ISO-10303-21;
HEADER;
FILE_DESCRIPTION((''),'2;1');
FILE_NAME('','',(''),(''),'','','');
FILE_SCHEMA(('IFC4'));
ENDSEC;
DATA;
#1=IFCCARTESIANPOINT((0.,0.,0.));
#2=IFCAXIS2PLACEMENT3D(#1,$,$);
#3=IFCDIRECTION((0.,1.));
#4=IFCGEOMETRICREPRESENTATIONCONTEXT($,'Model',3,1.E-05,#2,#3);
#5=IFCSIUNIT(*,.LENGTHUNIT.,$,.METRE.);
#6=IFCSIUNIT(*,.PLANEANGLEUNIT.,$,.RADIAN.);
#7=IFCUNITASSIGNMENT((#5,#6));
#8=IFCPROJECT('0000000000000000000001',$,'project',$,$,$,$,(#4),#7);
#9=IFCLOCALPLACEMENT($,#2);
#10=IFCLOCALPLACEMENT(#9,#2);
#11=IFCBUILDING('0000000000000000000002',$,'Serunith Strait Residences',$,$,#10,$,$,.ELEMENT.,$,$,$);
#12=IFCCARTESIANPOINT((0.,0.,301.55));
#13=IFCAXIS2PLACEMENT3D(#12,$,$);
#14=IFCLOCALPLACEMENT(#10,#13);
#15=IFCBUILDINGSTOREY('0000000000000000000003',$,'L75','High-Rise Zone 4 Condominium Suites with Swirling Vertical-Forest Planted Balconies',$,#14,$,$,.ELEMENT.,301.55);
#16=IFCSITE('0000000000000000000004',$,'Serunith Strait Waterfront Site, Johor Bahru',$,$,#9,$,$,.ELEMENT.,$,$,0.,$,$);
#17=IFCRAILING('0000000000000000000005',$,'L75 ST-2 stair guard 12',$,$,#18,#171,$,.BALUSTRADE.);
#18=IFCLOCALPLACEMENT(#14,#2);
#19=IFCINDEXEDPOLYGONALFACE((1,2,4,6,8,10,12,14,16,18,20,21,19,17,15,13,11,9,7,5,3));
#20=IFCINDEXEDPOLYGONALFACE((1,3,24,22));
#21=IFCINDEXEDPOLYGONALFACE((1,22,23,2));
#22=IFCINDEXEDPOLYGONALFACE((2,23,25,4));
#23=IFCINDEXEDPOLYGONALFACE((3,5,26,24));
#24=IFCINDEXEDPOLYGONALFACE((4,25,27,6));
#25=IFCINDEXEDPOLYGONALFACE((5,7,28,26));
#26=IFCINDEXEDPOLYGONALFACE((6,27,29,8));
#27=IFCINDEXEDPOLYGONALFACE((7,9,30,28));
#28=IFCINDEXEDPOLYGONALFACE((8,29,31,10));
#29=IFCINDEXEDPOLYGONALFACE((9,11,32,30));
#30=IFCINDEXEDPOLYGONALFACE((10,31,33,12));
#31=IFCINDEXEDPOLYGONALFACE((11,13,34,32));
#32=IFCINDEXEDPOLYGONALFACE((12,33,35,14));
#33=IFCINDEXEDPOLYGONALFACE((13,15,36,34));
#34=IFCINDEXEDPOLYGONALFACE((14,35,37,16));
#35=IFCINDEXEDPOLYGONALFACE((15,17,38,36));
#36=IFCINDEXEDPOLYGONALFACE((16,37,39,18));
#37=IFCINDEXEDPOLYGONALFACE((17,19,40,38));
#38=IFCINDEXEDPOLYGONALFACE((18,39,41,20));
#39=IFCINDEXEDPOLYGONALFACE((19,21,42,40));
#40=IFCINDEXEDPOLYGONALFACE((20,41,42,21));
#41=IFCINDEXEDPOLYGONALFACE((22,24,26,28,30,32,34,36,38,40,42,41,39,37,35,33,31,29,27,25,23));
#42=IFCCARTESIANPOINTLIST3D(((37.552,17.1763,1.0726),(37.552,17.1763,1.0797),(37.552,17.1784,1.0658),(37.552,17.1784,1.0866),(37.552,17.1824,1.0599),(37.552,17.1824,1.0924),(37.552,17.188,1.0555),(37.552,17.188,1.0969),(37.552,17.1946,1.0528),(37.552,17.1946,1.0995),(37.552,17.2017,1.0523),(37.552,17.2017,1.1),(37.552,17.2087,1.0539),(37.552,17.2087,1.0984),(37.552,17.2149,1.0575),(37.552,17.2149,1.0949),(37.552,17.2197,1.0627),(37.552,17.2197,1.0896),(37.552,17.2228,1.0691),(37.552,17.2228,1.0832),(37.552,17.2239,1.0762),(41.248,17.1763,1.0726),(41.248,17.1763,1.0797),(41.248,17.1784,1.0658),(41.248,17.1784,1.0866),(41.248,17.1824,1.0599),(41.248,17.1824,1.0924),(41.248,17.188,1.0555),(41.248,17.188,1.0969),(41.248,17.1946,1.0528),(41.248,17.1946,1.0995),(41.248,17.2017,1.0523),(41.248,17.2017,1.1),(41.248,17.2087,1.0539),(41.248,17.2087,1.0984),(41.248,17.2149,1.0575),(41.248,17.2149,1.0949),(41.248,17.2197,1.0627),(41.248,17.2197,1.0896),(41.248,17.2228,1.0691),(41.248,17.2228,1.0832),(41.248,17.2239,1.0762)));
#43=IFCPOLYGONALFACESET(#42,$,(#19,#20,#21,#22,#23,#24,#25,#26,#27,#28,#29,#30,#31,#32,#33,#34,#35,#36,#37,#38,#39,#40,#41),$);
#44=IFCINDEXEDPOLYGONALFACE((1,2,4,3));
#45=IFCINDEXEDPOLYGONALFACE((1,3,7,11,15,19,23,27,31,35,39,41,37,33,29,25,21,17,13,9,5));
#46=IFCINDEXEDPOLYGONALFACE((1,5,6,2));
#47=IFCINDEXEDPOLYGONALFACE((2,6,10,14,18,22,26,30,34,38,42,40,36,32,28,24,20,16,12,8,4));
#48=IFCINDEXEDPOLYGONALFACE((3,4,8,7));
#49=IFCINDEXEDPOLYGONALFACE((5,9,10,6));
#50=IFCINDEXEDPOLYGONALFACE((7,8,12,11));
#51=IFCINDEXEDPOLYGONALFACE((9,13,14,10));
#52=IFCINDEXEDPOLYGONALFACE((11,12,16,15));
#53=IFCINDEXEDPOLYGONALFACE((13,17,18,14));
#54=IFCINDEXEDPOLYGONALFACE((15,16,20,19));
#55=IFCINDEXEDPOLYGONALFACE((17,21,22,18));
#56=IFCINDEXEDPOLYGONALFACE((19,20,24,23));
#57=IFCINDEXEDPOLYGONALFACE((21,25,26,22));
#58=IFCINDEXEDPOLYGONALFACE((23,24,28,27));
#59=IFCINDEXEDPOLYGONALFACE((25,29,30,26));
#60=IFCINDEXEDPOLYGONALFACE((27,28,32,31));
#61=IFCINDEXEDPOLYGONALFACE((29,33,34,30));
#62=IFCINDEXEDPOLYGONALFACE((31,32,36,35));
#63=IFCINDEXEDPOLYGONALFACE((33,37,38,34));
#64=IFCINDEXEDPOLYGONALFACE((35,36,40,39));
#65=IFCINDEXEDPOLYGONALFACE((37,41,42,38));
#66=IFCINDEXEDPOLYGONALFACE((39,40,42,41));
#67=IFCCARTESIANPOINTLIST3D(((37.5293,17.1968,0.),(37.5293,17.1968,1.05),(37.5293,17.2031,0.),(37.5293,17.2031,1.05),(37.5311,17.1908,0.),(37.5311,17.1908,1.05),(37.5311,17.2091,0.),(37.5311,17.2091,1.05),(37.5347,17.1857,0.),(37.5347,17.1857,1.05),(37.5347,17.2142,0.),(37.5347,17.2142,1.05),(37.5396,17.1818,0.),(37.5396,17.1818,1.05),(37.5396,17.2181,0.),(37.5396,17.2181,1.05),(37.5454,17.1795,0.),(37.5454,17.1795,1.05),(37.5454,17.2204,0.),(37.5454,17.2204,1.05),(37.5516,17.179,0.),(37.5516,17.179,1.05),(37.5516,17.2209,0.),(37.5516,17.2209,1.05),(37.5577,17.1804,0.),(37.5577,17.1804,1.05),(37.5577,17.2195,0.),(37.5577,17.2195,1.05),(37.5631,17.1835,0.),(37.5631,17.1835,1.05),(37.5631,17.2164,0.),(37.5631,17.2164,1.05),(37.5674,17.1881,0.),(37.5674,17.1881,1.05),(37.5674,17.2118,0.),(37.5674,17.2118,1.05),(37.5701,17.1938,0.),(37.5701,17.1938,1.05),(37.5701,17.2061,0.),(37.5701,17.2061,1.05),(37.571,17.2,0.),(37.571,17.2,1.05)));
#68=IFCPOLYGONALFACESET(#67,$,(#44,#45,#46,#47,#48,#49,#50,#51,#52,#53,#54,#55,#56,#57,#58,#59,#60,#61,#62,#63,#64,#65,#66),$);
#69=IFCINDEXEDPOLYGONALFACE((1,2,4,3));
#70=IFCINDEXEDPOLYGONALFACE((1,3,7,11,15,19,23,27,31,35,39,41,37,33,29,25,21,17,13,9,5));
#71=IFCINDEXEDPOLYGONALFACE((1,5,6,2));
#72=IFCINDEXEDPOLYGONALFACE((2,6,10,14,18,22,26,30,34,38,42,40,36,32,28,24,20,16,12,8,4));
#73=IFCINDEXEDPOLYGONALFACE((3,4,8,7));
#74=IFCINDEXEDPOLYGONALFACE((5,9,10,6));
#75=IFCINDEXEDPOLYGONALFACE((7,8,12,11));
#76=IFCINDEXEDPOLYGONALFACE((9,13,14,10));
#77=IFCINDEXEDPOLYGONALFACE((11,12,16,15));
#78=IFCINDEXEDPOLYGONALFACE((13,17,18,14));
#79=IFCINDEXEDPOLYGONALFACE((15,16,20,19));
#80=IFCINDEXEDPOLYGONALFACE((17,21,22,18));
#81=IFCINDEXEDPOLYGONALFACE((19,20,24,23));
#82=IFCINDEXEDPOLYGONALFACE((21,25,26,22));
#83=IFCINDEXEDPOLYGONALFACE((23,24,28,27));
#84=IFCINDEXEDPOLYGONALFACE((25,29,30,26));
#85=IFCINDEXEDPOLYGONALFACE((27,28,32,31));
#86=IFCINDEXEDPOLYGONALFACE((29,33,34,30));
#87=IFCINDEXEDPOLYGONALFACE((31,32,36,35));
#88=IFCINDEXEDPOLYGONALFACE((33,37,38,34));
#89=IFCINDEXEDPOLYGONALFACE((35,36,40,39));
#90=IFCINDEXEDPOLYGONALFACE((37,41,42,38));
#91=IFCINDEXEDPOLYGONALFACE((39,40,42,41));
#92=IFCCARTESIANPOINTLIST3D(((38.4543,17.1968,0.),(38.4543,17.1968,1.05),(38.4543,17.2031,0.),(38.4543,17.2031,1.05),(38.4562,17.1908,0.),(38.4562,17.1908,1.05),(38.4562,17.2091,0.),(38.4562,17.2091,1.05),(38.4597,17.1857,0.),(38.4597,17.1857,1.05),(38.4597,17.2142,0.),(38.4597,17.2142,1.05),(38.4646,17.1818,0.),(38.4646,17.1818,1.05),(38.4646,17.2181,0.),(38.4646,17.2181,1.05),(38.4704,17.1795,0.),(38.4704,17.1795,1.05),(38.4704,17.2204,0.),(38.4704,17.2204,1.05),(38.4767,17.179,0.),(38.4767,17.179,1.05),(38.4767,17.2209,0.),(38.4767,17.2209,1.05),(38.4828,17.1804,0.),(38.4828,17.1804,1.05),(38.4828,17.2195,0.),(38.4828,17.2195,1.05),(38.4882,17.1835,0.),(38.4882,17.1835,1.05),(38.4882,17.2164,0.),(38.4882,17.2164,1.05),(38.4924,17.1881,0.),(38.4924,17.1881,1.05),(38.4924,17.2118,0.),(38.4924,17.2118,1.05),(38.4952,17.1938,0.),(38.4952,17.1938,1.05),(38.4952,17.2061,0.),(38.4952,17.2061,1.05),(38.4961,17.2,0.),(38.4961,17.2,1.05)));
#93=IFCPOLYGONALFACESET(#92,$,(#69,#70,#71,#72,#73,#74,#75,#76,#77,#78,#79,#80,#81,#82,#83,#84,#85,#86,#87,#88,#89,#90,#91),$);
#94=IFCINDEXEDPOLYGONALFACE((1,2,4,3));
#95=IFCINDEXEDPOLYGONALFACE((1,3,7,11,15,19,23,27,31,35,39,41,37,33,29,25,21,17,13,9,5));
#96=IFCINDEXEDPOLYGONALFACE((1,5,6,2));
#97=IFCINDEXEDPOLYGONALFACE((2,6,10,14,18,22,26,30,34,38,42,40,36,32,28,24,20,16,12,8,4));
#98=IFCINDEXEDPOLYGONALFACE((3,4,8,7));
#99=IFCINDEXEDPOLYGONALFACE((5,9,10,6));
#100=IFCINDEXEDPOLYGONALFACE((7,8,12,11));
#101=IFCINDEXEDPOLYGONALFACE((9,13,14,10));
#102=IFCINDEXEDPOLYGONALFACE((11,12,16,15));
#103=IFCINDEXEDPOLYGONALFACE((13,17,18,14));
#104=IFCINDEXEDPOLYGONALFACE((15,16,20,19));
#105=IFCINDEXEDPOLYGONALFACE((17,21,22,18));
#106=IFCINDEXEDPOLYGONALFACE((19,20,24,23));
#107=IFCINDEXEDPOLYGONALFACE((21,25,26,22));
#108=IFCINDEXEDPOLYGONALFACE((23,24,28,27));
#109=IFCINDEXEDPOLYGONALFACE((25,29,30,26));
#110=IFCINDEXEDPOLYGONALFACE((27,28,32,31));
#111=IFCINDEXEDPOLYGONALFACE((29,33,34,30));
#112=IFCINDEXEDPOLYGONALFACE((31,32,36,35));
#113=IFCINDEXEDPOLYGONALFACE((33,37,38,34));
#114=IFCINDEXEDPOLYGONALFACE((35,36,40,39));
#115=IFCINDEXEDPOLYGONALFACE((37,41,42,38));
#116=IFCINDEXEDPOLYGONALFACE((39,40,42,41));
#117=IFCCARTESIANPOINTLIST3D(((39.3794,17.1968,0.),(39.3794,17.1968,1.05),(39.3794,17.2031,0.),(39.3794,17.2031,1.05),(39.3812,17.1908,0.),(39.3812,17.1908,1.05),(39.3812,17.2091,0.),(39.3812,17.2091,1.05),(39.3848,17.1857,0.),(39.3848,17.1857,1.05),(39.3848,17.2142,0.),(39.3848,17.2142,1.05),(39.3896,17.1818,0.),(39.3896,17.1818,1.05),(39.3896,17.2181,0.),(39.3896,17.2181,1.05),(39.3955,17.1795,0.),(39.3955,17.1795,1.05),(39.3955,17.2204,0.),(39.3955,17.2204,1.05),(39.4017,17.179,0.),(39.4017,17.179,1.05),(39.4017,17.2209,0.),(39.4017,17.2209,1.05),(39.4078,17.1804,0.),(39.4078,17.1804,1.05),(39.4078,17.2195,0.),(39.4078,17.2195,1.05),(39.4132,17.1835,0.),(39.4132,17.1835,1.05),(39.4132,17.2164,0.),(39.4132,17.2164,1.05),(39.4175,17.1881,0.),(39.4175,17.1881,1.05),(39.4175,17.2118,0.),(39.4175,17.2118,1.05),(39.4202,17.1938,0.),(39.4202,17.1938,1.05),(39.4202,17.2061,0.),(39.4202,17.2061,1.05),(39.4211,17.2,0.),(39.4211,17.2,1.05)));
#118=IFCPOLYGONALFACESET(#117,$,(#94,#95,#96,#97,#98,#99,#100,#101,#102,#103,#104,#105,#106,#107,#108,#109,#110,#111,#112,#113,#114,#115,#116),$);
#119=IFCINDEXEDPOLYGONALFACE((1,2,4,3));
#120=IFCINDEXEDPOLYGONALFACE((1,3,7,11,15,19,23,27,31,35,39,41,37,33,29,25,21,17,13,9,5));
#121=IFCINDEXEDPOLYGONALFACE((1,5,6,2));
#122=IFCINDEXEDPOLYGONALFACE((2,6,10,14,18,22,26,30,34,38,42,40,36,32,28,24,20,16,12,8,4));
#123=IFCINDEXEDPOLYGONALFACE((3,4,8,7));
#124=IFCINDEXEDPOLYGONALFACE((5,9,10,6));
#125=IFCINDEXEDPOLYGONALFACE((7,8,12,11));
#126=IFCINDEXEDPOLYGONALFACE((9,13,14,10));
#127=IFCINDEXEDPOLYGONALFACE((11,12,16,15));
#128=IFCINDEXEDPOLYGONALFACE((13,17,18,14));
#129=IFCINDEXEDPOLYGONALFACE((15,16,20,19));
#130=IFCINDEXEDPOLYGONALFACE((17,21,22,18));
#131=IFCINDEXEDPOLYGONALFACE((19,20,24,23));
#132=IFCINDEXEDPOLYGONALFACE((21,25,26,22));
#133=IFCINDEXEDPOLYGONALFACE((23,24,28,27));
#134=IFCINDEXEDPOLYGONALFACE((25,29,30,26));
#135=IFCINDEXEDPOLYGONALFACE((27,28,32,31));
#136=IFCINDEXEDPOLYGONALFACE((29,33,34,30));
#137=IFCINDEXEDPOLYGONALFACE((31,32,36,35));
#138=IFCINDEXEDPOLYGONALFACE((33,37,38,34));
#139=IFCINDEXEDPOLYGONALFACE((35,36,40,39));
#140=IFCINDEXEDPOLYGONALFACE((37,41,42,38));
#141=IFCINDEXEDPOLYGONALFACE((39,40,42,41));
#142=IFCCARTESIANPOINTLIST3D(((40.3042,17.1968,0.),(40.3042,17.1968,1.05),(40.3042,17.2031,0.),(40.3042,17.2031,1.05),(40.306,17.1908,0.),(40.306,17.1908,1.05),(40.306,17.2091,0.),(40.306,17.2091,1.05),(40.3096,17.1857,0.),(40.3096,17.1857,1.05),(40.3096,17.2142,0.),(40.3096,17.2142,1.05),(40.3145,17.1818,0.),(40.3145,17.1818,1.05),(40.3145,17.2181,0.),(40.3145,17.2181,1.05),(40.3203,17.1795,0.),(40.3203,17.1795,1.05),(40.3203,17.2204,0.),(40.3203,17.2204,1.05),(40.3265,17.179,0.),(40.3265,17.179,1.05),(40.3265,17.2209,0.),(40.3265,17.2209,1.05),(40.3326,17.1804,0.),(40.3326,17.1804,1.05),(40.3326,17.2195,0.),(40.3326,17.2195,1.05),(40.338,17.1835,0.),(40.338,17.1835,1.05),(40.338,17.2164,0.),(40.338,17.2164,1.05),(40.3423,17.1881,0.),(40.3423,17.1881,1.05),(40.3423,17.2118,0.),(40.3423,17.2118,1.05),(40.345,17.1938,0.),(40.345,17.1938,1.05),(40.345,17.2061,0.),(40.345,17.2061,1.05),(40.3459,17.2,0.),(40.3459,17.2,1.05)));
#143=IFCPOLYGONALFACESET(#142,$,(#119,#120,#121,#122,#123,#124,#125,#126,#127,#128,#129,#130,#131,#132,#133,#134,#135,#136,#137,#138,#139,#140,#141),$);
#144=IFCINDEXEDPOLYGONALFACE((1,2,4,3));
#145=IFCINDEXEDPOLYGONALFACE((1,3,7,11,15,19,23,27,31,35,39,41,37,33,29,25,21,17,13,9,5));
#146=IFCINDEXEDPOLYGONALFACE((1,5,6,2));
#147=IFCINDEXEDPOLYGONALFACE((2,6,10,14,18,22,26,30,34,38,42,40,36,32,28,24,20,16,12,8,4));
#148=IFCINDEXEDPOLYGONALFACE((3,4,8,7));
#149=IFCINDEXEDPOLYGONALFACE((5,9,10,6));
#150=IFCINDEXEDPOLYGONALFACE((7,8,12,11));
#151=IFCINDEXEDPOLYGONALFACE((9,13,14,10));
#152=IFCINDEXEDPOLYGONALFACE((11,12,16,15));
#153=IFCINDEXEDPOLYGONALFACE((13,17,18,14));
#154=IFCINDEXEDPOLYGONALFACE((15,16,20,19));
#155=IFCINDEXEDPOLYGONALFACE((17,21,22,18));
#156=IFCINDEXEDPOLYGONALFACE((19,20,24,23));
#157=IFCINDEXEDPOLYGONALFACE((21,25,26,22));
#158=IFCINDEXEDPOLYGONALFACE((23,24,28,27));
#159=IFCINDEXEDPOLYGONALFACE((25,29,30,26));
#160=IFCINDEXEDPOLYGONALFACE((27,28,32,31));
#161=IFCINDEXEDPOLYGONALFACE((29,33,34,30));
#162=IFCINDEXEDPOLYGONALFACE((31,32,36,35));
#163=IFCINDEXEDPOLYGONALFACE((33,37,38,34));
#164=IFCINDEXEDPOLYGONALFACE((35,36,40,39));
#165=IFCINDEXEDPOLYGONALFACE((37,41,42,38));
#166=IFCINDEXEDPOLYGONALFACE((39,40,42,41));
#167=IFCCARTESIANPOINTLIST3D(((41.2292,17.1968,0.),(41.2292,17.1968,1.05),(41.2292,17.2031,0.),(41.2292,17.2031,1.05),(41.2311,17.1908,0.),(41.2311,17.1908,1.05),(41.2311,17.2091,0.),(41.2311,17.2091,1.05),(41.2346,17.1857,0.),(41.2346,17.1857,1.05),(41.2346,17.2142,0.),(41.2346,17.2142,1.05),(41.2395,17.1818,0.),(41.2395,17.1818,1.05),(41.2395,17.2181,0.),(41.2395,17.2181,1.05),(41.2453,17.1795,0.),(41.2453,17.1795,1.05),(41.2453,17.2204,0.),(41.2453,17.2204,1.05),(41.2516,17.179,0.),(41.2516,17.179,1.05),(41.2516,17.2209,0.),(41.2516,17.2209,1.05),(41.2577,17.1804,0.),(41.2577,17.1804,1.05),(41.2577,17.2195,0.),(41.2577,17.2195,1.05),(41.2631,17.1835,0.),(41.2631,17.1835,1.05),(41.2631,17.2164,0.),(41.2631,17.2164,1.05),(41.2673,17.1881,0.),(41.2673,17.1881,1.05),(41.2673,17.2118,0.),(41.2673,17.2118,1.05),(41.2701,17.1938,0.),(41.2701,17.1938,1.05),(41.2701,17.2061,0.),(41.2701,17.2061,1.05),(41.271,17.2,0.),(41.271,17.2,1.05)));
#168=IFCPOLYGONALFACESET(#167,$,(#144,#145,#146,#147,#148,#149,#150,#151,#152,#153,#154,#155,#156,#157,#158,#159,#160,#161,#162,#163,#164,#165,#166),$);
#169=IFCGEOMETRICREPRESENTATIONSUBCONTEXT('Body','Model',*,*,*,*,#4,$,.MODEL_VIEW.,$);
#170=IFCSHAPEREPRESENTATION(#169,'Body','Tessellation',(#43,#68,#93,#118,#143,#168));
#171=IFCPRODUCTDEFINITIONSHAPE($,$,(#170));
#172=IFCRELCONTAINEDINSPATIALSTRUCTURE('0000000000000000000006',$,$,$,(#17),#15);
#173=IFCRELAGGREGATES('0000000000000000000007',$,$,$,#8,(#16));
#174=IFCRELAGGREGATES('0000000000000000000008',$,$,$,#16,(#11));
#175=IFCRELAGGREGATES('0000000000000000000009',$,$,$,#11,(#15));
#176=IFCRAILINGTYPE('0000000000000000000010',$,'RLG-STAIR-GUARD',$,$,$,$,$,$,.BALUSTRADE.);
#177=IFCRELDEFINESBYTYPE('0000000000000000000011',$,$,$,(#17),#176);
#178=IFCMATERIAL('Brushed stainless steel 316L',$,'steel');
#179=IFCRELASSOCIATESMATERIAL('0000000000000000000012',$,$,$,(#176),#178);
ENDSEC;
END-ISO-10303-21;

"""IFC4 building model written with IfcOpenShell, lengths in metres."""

from ifc_helpers import new_model, si_unit, direction, frame, origin, origin_2d, place, context, subcontext, project, spatial, circle, extrude, material, type_object, element, save


model = new_model("IFC4")

# Units and contexts
model_context = context("Model", 3, precision=1e-05, world=origin(), true_north=direction((0.0, 1.0)))
body_context = subcontext(model_context, "Body", "Model", "MODEL_VIEW")
ifc_project = project(units=[si_unit("LENGTHUNIT", "METRE"), si_unit("PLANEANGLEUNIT", "RADIAN")], contexts=[model_context])

# Site, building, storey
site_placement = place(None, origin())
site = spatial("IfcSite", under=ifc_project, at=site_placement, Name="Serunith Strait Waterfront Site, Johor Bahru", CompositionType="ELEMENT", RefElevation=0.0)
building_placement = place(site_placement, origin())
building = spatial("IfcBuilding", under=site, at=building_placement, Name="Serunith Strait Residences", CompositionType="ELEMENT")
storey_placement = place(building_placement, frame((0.0, 0.0, 301.55)))
storey = spatial("IfcBuildingStorey", under=building, at=storey_placement, Name="L75", Description="High-Rise Zone 4 Condominium Suites with Swirling Vertical-Forest Planted Balconies", CompositionType="ELEMENT", Elevation=301.55)

# Railing
ifc_material_1 = material(Name="Brushed stainless steel 316L", Category="steel")
railing_type_1 = type_object("IfcRailingType", Name="RLG-STAIR-GUARD", PredefinedType="BALUSTRADE", material=ifc_material_1)
railing_1_placement = place(storey_placement, frame((37.55, 17.2, 0.0)))
element("IfcRailing", 1, at=railing_1_placement, inside=storey, type_object=railing_type_1, Name="L75 ST-2 stair guard 12", PredefinedType="BALUSTRADE", context=body_context, shape_type="SweptSolid", body=[
    extrude(circle(Radius=0.0239, at=origin_2d()), frame((0.002, 0.0, 1.0762), z_axis=(1.0, 0.0, 0.0), x_axis=(0.0, 1.0, 0.0)), (0.0, 0.0, 1.0), 3.696),
    extrude(circle(Radius=0.021, at=origin_2d()), origin(), (0.0, 0.0, 1.0), 1.05),
    extrude(circle(Radius=0.021, at=origin_2d()), frame((0.925, 0.0, 0.0)), (0.0, 0.0, 1.0), 1.05),
    extrude(circle(Radius=0.021, at=origin_2d()), frame((1.8501, 0.0, 0.0)), (0.0, 0.0, 1.0), 1.05),
    extrude(circle(Radius=0.021, at=origin_2d()), frame((2.7749, 0.0, 0.0)), (0.0, 0.0, 1.0), 1.05),
    extrude(circle(Radius=0.021, at=origin_2d()), frame((3.7, 0.0, 0.0)), (0.0, 0.0, 1.0), 1.05),
])

save(model, "model.ifc")
